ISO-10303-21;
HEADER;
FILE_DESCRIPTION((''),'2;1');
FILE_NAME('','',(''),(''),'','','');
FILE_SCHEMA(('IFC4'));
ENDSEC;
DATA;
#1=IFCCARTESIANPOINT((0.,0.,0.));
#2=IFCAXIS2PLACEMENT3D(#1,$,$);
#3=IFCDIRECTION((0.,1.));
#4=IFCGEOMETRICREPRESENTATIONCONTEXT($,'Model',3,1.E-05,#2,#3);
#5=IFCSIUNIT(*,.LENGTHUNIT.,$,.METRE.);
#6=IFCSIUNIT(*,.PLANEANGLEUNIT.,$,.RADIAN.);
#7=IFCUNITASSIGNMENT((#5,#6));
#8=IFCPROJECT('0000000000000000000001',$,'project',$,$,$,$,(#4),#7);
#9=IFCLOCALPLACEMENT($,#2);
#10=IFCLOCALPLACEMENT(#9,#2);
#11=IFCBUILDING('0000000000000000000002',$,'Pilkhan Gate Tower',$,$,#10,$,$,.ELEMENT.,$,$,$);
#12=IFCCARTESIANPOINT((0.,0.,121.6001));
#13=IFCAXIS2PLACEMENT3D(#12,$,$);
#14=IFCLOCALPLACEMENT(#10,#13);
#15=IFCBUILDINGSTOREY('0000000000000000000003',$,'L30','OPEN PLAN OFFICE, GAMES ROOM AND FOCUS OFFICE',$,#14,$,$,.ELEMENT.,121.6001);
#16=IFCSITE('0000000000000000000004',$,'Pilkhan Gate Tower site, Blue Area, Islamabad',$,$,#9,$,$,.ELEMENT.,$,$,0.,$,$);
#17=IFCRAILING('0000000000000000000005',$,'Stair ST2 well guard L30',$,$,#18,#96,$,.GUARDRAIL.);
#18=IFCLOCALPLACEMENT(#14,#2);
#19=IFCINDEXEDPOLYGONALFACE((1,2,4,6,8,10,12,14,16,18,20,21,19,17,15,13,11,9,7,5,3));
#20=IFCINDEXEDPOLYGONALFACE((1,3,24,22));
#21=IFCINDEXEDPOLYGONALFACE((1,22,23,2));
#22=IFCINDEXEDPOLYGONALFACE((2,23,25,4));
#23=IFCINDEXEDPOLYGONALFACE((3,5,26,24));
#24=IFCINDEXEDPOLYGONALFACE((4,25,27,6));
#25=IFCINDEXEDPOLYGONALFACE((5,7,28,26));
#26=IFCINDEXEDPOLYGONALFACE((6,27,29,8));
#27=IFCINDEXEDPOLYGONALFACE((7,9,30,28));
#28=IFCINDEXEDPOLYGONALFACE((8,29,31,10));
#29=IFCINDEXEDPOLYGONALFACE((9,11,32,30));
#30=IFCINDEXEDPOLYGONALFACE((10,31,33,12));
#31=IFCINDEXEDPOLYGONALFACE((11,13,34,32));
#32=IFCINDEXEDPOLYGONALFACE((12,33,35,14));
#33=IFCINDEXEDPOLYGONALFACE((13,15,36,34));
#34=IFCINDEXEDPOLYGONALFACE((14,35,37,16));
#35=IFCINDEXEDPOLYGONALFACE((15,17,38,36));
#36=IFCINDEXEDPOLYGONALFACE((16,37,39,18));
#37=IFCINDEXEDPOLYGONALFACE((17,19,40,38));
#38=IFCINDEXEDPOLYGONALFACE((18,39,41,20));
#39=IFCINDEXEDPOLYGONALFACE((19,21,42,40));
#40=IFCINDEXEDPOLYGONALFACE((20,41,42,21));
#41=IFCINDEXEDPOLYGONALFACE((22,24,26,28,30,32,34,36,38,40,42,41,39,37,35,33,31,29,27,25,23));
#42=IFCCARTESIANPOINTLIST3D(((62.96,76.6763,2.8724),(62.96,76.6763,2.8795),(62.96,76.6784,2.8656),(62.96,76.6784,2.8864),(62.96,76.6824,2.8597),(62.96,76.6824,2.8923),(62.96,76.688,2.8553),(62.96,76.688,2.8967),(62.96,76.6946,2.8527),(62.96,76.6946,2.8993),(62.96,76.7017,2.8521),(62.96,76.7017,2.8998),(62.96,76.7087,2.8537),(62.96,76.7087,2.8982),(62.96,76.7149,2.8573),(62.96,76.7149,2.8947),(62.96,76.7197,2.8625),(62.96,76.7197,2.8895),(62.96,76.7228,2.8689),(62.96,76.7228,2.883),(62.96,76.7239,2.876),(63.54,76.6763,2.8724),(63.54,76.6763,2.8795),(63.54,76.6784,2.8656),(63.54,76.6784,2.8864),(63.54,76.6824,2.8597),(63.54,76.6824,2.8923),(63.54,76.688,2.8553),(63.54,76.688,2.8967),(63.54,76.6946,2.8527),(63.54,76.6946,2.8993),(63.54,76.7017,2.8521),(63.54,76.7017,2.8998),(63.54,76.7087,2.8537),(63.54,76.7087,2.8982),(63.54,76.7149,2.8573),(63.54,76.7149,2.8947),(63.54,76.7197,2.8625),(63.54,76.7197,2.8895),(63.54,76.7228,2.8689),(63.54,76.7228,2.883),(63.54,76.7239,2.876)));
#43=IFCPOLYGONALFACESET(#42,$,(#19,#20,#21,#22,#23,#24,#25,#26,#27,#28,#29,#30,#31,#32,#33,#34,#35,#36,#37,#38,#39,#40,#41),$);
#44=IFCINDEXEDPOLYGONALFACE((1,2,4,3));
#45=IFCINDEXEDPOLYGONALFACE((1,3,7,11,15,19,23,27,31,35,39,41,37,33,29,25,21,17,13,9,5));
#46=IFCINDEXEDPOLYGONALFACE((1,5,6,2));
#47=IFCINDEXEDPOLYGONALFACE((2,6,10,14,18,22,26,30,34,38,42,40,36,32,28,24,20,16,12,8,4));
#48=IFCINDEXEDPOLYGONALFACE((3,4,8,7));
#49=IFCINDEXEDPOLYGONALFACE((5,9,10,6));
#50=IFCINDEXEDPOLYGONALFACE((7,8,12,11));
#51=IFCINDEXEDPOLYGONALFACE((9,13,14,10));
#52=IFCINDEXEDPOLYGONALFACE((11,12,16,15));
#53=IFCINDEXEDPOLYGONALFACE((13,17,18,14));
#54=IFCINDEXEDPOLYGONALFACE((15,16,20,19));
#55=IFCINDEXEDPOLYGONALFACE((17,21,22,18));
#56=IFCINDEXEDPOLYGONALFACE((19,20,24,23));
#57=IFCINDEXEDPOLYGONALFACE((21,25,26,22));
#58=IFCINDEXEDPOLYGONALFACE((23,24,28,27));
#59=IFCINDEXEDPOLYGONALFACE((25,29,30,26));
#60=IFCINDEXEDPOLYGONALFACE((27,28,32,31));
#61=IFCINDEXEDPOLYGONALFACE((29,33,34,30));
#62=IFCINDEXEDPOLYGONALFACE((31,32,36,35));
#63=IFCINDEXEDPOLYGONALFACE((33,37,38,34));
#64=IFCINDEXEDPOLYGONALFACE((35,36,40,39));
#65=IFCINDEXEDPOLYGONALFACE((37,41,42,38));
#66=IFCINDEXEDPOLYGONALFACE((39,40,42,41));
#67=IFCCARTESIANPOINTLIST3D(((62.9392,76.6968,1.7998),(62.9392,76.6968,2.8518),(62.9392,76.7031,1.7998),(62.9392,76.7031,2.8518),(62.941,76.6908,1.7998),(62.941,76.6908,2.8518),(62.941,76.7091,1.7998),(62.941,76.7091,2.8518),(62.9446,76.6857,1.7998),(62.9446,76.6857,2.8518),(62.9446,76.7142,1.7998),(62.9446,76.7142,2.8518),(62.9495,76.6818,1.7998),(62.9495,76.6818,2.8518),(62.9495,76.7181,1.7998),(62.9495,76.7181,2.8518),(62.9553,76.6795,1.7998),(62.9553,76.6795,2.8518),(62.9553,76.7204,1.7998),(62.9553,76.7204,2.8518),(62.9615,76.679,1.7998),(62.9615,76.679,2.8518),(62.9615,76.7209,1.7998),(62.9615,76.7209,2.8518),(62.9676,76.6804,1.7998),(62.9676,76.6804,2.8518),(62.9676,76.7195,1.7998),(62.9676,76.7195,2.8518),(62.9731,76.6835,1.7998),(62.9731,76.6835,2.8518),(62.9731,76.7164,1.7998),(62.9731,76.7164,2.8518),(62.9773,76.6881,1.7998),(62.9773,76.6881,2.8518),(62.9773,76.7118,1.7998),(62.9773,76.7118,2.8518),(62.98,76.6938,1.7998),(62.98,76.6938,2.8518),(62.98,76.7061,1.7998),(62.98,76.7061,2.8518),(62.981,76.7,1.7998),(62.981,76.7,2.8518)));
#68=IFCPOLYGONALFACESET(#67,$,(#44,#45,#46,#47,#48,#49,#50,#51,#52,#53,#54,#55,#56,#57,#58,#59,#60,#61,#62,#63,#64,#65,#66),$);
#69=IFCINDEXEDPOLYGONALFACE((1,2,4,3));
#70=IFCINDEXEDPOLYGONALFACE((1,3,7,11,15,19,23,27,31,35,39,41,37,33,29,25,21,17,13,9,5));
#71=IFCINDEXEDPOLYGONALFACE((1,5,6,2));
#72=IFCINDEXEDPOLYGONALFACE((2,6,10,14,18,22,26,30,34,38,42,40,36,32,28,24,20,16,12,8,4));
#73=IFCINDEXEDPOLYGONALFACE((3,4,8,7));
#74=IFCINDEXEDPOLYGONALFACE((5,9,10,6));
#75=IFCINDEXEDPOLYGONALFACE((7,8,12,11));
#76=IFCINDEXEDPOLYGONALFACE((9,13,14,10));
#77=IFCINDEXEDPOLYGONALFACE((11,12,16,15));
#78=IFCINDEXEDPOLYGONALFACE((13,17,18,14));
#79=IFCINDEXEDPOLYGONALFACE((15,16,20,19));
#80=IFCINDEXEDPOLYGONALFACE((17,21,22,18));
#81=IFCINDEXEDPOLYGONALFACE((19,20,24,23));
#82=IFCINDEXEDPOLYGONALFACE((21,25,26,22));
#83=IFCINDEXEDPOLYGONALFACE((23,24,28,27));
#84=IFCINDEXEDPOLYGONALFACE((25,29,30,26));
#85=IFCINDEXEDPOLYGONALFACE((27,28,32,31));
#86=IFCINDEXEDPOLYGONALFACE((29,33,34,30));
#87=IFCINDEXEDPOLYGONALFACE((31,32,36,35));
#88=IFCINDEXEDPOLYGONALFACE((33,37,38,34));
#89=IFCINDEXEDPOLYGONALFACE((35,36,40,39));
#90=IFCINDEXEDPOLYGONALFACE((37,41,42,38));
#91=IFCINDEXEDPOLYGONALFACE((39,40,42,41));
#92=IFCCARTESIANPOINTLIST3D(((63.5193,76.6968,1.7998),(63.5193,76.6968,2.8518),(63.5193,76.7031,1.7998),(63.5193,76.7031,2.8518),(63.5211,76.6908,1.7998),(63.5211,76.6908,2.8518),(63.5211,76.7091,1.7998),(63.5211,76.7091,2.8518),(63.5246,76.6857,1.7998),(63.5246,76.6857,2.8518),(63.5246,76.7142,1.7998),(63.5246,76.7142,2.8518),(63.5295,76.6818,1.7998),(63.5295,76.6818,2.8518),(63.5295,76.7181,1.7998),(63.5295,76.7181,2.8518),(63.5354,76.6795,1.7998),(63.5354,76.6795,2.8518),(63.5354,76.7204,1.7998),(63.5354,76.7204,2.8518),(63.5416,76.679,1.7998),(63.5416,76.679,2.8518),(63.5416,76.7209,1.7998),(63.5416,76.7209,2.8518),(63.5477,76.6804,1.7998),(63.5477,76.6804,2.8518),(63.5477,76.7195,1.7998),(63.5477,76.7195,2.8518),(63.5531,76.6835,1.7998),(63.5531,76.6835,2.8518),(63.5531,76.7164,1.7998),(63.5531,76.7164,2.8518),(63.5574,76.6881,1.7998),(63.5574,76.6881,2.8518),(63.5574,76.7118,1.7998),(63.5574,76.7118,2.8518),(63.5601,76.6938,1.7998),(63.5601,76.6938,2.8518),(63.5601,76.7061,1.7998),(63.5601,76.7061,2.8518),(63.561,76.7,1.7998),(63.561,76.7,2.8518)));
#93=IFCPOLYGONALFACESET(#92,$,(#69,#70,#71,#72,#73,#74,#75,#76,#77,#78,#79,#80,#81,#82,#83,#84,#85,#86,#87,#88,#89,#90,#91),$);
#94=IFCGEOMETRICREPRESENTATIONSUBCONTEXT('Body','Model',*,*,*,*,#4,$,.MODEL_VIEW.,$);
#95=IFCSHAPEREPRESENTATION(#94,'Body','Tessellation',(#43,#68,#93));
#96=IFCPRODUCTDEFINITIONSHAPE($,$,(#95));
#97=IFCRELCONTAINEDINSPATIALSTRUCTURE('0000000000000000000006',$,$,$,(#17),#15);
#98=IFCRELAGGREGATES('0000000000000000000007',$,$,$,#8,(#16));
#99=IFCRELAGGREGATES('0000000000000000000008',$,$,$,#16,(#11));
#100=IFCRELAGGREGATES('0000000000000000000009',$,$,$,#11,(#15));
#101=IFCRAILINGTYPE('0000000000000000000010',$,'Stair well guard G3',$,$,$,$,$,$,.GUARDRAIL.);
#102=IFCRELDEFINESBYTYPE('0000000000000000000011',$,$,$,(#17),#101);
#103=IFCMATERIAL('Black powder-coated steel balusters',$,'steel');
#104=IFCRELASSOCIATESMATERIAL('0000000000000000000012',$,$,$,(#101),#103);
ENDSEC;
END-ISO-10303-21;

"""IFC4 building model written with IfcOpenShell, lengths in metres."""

from ifc_helpers import new_model, si_unit, direction, frame, origin, origin_2d, place, context, subcontext, project, spatial, circle, extrude, material, type_object, element, save


model = new_model("IFC4")

# Units and contexts
model_context = context("Model", 3, precision=1e-05, world=origin(), true_north=direction((0.0, 1.0)))
body_context = subcontext(model_context, "Body", "Model", "MODEL_VIEW")
ifc_project = project(units=[si_unit("LENGTHUNIT", "METRE"), si_unit("PLANEANGLEUNIT", "RADIAN")], contexts=[model_context])

# Site, building, storey
site_placement = place(None, origin())
site = spatial("IfcSite", under=ifc_project, at=site_placement, Name="Pilkhan Gate Tower site, Blue Area, Islamabad", CompositionType="ELEMENT", RefElevation=0.0)
building_placement = place(site_placement, origin())
building = spatial("IfcBuilding", under=site, at=building_placement, Name="Pilkhan Gate Tower", CompositionType="ELEMENT")
storey_placement = place(building_placement, frame((0.0, 0.0, 121.6001)))
storey = spatial("IfcBuildingStorey", under=building, at=storey_placement, Name="L30", Description="OPEN PLAN OFFICE, GAMES ROOM AND FOCUS OFFICE", CompositionType="ELEMENT", Elevation=121.6001)

# Railing
ifc_material_1 = material(Name="Black powder-coated steel balusters", Category="steel")
railing_type_1 = type_object("IfcRailingType", Name="Stair well guard G3", PredefinedType="GUARDRAIL", material=ifc_material_1)
for number, where, name in (
    (1, (62.96, 76.7, 1.7998), "Stair ST2 well guard L30"),
):
    element("IfcRailing", number, at=place(storey_placement, frame(where)), inside=storey, type_object=railing_type_1, Name=name, PredefinedType="GUARDRAIL", context=body_context, shape_type="SweptSolid", body=[
        extrude(circle(Radius=0.0239, at=origin_2d()), frame((0.0, 0.0, 1.0762), z_axis=(1.0, 0.0, 0.0), x_axis=(0.0, 1.0, 0.0)), (0.0, 0.0, 1.0), 0.5801),
        extrude(circle(Radius=0.021, at=origin_2d()), origin(), (0.0, 0.0, 1.0), 1.052),
        extrude(circle(Radius=0.021, at=origin_2d()), frame((0.5801, 0.0, 0.0)), (0.0, 0.0, 1.0), 1.052),
    ])

save(model, "model.ifc")
